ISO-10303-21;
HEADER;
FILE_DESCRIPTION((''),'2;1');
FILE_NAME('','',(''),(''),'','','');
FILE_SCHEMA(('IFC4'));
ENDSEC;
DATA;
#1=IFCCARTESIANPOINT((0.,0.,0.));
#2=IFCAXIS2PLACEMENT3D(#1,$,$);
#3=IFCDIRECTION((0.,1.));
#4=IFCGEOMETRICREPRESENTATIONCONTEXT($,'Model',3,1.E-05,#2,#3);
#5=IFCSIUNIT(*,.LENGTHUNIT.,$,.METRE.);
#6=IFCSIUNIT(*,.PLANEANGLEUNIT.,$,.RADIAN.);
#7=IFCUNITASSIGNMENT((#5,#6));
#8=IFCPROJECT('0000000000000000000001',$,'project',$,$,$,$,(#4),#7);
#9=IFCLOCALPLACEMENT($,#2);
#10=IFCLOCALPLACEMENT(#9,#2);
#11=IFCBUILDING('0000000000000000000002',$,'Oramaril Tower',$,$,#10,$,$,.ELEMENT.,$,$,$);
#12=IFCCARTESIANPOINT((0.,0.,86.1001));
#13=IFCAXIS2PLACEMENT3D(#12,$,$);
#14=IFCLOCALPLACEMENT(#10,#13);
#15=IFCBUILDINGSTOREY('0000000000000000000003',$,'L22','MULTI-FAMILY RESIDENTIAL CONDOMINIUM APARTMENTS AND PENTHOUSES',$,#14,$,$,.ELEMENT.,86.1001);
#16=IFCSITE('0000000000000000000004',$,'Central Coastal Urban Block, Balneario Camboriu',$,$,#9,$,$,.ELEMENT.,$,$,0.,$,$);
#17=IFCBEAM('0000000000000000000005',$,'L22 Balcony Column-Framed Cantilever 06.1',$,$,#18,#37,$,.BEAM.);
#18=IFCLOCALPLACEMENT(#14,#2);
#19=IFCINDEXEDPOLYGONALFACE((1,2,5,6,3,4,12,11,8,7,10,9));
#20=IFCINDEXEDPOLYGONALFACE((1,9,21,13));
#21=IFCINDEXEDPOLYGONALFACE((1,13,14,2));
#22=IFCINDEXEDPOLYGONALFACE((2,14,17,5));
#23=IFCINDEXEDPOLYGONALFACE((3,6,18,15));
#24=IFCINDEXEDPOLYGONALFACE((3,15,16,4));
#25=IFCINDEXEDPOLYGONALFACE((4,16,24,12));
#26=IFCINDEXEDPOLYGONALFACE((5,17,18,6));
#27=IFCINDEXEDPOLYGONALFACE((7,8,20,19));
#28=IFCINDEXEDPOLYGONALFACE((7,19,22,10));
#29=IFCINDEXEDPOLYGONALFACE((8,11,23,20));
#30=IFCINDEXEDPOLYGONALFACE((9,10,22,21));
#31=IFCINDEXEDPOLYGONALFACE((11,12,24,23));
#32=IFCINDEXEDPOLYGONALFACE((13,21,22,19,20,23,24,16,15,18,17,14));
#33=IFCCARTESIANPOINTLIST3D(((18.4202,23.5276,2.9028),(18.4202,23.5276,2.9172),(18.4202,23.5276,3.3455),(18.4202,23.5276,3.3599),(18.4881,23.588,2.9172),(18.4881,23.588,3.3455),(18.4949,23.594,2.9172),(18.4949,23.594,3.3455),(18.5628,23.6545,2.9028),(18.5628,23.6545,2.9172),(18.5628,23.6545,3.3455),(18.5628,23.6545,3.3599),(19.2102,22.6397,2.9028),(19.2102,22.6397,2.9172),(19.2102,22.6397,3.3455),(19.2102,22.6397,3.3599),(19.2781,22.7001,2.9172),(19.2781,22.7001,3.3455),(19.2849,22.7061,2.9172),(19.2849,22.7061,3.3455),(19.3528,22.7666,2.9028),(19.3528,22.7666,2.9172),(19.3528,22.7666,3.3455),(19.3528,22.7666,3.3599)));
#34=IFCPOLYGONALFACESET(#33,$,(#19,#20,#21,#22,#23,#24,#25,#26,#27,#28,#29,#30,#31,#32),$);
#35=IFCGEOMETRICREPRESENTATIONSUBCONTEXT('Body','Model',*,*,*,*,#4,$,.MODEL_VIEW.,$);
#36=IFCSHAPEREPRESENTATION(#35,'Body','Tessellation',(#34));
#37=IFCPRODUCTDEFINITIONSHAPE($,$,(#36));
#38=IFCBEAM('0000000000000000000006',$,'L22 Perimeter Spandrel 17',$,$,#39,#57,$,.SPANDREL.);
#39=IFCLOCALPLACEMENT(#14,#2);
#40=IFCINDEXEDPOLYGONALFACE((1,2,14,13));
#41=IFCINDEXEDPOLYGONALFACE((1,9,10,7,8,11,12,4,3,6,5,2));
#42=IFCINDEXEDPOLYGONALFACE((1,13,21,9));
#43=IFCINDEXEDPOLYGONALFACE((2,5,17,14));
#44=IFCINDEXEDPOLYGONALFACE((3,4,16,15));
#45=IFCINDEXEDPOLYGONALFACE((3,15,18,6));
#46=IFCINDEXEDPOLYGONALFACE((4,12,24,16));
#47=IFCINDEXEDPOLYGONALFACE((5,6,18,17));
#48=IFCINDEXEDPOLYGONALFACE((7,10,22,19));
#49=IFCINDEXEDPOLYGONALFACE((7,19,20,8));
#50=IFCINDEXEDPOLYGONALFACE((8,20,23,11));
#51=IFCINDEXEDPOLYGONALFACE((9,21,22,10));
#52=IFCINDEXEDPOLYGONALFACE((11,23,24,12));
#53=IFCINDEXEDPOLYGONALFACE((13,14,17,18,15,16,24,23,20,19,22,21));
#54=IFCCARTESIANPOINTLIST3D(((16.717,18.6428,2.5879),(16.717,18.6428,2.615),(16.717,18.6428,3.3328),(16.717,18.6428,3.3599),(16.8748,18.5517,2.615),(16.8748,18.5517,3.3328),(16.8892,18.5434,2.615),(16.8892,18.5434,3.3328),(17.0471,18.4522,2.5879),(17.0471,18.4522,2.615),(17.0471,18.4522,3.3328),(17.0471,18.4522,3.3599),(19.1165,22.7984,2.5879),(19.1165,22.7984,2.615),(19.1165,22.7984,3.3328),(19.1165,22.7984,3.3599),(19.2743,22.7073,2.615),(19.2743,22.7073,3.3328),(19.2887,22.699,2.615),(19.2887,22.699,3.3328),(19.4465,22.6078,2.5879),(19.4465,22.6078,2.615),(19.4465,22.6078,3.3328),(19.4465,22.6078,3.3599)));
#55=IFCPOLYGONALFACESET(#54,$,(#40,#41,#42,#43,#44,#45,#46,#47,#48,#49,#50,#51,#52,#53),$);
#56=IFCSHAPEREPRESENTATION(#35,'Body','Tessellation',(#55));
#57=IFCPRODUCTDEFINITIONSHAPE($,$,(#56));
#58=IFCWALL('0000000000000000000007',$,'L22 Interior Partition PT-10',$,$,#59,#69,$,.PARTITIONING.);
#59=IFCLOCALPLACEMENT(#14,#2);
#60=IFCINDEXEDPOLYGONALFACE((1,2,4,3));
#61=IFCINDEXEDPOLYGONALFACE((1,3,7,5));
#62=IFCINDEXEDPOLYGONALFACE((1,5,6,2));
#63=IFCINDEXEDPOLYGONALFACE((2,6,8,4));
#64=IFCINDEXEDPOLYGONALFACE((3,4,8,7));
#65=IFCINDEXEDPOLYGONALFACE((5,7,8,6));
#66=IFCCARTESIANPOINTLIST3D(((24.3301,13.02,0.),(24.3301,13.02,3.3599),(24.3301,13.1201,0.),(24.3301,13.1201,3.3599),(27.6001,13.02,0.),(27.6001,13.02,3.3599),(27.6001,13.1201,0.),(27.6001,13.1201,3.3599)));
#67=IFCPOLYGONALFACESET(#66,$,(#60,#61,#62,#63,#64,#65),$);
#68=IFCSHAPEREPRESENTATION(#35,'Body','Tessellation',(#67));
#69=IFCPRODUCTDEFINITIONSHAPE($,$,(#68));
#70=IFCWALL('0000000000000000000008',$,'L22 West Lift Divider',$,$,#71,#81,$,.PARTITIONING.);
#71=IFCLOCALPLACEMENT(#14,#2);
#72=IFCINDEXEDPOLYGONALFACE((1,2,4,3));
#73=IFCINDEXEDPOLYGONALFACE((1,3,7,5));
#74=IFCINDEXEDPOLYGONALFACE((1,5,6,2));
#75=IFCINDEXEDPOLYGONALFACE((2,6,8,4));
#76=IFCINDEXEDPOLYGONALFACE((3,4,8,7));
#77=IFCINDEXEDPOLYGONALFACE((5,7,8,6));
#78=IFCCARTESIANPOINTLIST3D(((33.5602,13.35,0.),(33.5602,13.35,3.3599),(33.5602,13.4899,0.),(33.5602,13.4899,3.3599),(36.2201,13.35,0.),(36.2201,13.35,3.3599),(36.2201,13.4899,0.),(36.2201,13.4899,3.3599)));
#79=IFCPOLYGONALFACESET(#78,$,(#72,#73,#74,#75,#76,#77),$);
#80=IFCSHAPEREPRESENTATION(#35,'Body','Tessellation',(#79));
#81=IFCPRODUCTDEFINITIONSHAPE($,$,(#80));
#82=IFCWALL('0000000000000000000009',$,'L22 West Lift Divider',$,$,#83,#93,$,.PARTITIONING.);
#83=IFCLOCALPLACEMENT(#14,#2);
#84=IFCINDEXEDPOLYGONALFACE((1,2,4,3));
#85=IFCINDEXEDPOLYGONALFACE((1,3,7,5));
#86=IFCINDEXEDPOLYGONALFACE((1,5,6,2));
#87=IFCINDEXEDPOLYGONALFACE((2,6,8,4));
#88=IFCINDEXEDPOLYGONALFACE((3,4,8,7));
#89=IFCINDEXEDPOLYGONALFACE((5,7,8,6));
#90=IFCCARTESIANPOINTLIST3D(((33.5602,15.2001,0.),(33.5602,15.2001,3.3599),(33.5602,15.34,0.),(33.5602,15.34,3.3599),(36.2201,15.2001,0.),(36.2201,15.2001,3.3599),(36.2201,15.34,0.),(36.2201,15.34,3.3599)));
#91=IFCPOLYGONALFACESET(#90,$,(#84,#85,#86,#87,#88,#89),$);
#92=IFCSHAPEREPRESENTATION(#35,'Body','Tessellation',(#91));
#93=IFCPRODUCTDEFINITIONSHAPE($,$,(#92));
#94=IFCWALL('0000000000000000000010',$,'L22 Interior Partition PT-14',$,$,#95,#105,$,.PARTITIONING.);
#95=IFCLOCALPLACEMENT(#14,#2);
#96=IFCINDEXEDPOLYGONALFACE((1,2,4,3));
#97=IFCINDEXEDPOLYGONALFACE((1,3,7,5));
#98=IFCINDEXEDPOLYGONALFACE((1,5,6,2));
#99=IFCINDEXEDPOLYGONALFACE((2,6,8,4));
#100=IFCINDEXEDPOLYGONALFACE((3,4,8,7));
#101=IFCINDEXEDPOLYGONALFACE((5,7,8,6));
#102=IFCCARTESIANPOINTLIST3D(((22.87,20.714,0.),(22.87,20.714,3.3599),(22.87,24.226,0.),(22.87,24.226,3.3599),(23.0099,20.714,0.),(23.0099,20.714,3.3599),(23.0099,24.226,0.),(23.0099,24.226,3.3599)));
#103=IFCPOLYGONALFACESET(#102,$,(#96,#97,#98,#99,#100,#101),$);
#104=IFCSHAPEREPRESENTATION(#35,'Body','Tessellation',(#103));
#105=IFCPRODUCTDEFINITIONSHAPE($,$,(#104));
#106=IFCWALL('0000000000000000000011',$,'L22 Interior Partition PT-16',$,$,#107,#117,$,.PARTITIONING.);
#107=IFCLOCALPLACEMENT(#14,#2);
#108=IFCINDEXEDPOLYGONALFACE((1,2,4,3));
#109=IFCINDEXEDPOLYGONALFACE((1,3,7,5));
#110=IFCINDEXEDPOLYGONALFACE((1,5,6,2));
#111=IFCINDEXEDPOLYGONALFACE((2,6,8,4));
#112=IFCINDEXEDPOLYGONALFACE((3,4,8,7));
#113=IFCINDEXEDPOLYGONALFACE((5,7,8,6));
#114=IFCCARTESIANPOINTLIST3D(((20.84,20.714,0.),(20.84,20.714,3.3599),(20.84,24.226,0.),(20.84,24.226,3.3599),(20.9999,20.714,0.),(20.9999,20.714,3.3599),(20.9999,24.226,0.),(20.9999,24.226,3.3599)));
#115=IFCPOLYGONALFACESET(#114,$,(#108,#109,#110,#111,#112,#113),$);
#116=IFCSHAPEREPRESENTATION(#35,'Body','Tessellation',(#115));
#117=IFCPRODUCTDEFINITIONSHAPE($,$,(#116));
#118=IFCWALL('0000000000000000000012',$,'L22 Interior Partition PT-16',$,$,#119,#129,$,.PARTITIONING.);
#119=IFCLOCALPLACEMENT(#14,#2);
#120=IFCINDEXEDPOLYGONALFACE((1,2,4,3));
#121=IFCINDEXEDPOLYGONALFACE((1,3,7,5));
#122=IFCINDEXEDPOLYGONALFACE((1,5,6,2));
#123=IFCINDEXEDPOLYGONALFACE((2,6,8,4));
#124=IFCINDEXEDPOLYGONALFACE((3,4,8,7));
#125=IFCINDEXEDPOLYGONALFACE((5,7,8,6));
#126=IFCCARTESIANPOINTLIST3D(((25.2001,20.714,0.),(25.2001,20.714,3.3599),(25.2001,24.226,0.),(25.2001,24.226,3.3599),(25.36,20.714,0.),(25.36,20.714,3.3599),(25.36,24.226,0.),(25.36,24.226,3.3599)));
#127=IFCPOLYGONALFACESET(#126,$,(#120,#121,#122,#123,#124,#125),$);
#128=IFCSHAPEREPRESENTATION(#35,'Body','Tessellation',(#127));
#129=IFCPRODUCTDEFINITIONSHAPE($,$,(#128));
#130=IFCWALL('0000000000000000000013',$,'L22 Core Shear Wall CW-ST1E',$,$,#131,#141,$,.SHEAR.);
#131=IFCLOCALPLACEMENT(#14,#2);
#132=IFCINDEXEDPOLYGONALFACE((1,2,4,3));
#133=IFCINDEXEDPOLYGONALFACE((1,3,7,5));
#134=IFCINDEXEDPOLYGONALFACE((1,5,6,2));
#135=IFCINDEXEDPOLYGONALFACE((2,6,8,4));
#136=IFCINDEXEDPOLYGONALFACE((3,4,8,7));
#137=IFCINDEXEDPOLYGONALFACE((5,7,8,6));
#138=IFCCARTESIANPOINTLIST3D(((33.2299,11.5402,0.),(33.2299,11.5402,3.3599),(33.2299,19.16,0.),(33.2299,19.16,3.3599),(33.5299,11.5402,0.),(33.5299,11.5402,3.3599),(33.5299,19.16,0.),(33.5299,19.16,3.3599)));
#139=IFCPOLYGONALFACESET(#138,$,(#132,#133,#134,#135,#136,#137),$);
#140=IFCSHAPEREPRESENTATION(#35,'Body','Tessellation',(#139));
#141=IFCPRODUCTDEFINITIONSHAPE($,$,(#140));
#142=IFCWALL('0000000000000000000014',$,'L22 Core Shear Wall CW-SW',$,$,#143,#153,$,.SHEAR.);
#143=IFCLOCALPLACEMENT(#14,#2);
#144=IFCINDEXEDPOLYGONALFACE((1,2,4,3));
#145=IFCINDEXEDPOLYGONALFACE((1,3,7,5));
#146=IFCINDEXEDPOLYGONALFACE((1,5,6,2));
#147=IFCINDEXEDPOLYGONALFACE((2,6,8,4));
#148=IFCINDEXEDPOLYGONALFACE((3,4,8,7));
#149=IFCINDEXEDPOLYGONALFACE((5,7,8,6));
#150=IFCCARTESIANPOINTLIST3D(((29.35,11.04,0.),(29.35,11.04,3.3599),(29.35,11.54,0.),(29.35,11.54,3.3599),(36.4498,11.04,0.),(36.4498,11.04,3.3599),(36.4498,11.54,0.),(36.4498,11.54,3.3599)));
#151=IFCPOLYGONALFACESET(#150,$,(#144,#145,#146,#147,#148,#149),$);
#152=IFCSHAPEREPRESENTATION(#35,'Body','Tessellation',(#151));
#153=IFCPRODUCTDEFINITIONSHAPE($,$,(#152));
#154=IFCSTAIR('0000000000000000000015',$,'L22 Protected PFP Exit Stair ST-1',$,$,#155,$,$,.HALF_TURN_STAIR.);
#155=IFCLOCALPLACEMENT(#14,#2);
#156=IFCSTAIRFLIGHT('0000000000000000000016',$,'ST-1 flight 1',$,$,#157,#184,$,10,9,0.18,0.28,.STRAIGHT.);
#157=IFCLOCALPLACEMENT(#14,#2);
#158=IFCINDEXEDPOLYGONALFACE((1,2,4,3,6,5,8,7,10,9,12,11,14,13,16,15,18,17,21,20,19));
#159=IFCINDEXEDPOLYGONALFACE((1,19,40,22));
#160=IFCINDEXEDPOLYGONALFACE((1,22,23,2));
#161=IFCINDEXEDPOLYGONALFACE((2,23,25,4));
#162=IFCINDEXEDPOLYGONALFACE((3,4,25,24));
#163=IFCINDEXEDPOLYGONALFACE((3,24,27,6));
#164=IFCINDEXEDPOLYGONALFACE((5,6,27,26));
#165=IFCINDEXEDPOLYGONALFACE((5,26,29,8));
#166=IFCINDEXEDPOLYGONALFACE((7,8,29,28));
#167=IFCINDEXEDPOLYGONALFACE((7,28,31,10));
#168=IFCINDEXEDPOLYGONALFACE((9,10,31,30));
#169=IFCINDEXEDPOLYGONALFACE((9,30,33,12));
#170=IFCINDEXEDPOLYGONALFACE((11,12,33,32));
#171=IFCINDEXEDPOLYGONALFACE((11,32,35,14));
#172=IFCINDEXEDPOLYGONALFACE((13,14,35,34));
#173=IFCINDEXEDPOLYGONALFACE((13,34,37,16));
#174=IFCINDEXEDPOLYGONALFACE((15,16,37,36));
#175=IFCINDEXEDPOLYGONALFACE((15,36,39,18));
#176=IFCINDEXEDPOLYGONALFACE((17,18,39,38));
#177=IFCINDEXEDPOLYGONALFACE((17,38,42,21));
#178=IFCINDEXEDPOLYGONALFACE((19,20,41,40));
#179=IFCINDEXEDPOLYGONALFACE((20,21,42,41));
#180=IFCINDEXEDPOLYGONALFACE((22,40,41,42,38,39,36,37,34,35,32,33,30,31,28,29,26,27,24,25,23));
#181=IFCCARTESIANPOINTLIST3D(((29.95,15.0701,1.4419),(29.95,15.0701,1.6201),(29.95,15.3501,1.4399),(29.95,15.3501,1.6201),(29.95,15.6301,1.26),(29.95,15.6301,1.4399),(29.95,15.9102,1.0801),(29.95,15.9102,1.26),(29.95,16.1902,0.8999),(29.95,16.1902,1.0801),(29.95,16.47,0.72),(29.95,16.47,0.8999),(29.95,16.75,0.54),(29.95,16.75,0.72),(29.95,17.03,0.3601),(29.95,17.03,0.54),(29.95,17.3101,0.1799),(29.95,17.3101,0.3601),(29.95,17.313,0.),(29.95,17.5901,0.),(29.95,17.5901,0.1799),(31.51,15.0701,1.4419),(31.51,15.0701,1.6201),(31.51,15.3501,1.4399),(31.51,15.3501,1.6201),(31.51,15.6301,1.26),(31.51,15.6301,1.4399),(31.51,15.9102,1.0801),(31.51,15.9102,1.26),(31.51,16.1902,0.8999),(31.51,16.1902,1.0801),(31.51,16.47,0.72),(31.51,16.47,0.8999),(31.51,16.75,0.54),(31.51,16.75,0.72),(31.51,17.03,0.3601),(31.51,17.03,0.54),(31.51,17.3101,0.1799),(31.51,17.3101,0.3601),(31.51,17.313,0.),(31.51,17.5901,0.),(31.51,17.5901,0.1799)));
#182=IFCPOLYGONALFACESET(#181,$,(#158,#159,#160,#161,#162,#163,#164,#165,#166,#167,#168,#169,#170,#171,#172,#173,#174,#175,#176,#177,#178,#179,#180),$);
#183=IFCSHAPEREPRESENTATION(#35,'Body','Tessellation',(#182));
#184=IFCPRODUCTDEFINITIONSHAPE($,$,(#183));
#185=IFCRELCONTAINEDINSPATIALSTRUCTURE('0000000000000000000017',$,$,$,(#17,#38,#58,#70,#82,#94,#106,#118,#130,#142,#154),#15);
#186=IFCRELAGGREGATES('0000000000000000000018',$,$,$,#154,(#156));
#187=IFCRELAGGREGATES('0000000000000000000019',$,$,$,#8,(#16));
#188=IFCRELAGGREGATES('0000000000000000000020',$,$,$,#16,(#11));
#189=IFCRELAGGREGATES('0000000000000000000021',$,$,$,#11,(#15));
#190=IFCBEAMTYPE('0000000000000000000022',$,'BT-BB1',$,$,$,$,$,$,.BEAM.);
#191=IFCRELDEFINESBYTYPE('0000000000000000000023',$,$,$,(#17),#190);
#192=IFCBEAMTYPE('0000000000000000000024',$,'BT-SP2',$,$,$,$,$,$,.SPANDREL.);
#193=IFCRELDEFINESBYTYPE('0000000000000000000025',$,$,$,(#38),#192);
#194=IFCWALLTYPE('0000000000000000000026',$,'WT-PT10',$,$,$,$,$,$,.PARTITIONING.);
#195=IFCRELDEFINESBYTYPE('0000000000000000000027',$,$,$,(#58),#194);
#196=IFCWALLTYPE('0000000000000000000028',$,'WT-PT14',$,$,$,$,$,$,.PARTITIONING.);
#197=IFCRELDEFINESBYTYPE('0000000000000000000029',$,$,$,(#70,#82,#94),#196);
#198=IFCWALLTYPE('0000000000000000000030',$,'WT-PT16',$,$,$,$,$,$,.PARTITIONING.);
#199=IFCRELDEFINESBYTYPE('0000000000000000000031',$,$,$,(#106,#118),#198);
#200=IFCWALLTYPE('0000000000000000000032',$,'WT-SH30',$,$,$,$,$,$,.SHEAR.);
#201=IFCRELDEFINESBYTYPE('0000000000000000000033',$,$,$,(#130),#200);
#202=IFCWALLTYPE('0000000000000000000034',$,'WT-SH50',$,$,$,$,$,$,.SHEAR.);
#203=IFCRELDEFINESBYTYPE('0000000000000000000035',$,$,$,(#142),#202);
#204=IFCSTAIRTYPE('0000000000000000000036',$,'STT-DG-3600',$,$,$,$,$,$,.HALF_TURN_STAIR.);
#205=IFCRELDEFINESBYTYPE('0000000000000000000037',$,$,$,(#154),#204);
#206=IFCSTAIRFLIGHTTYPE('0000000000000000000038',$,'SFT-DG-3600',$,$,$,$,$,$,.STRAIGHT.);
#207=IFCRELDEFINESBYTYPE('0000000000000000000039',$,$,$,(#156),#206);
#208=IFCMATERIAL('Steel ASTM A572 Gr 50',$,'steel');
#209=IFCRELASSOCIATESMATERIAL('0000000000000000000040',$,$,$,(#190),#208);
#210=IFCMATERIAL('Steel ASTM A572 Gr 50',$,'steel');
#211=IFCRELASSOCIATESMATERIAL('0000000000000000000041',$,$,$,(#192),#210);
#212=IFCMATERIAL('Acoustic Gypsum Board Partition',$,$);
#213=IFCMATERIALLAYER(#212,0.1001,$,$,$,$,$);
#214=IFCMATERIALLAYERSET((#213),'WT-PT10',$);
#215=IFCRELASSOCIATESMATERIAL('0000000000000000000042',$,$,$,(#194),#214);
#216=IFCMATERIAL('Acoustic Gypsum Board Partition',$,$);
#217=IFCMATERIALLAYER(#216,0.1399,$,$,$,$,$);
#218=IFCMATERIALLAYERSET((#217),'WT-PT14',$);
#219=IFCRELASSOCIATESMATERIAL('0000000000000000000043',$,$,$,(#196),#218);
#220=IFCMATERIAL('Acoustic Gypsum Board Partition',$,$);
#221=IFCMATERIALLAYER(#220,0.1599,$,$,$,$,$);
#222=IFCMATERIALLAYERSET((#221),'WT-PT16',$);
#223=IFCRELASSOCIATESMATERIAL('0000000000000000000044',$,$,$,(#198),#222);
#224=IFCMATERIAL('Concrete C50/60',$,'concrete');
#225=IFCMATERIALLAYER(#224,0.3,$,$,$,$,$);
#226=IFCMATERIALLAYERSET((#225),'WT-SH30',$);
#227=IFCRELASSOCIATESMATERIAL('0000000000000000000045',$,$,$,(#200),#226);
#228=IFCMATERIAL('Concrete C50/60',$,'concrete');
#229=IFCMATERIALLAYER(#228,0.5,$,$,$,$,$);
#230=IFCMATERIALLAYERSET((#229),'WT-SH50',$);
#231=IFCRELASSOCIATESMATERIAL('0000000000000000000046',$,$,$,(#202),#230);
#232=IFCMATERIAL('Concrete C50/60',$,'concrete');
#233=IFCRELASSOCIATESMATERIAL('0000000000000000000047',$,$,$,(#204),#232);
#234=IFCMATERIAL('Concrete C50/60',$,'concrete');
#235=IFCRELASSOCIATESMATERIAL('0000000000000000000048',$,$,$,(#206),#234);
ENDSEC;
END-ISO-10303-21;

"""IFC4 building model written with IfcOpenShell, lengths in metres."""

from ifc_helpers import new_model, si_unit, direction, frame, frame_2d, origin, origin_2d, place, context, subcontext, project, spatial, polyline, rectangle, i_section, outline, extrude, material, layer, layer_set, material_profile, profile_set, type_object, element, aggregate, save


model = new_model("IFC4")

# Units and contexts
model_context = context("Model", 3, precision=1e-05, world=origin(), true_north=direction((0.0, 1.0)))
body_context = subcontext(model_context, "Body", "Model", "MODEL_VIEW")
ifc_project = project(units=[si_unit("LENGTHUNIT", "METRE"), si_unit("PLANEANGLEUNIT", "RADIAN")], contexts=[model_context])

# Site, building, storey
site_placement = place(None, origin())
site = spatial("IfcSite", under=ifc_project, at=site_placement, Name="Central Coastal Urban Block, Balneario Camboriu", CompositionType="ELEMENT", RefElevation=0.0)
building_placement = place(site_placement, origin())
building = spatial("IfcBuilding", under=site, at=building_placement, Name="Oramaril Tower", CompositionType="ELEMENT")
storey_placement = place(building_placement, frame((0.0, 0.0, 86.1001)))
storey = spatial("IfcBuildingStorey", under=building, at=storey_placement, Name="L22", Description="MULTI-FAMILY RESIDENTIAL CONDOMINIUM APARTMENTS AND PENTHOUSES", CompositionType="ELEMENT", Elevation=86.1001)

# Beams
ifc_material_1 = material(Name="Steel ASTM A572 Gr 50", Category="steel")
ifc_material_profile_1 = material_profile(ifc_material_1, i_section(OverallWidth=0.1909, OverallDepth=0.457, WebThickness=0.009, FlangeThickness=0.0144, at=origin_2d()), Name="W18X50")
ifc_profile_set_1 = profile_set([ifc_material_profile_1], Name="Steel ASTM A572 Gr 50")
beam_type_1 = type_object("IfcBeamType", Name="BT-BB1", PredefinedType="BEAM", material=ifc_profile_set_1)
beam_1_placement = place(storey_placement, frame((19.2815, 22.7031, 3.1313), z_axis=(-0.664721, 0.747092, 0.0), x_axis=(-0.747092, -0.664721, 0.0)))
element("IfcBeam", 1, at=beam_1_placement, inside=storey, type_object=beam_type_1, Name="L22 Balcony Column-Framed Cantilever 06.1", PredefinedType="BEAM", context=body_context, shape_type="SweptSolid", body=[
    extrude(i_section(OverallWidth=0.1909, OverallDepth=0.457, WebThickness=0.009, FlangeThickness=0.0144, at=origin_2d()), origin(), (0.0, 0.0, 1.0), 1.1885),
])
ifc_material_2 = material(Name="Steel ASTM A572 Gr 50", Category="steel")
ifc_material_profile_2 = material_profile(ifc_material_2, i_section(OverallWidth=0.3811, OverallDepth=0.772, WebThickness=0.0166, FlangeThickness=0.0271, at=origin_2d()), Name="W30X173")
ifc_profile_set_2 = profile_set([ifc_material_profile_2], Name="Steel ASTM A572 Gr 50")
beam_type_2 = type_object("IfcBeamType", Name="BT-SP2", PredefinedType="SPANDREL", material=ifc_profile_set_2)
beam_2_placement = place(storey_placement, frame((19.2815, 22.7031, 2.9739), z_axis=(-0.500035, -0.866005, 0.0), x_axis=(0.866005, -0.500035, 0.0)))
element("IfcBeam", 2, at=beam_2_placement, inside=storey, type_object=beam_type_2, Name="L22 Perimeter Spandrel 17", PredefinedType="SPANDREL", context=body_context, shape_type="SweptSolid", body=[
    extrude(i_section(OverallWidth=0.3811, OverallDepth=0.772, WebThickness=0.0166, FlangeThickness=0.0271, at=origin_2d()), origin(), (0.0, 0.0, 1.0), 4.7986),
])

# Walls
ifc_material_3 = material(Name="Acoustic Gypsum Board Partition")
ifc_layer_1 = layer(ifc_material_3, 0.1001)
ifc_layer_set_1 = layer_set([ifc_layer_1], Name="WT-PT10")
wall_type_1 = type_object("IfcWallType", Name="WT-PT10", PredefinedType="PARTITIONING", material=ifc_layer_set_1)
wall_1_placement = place(storey_placement, frame((24.3301, 13.0701, 0.0), z_axis=(0.0, 0.0, 1.0), x_axis=(1.0, 0.0, 0.0)))
element("IfcWall", 3, at=wall_1_placement, inside=storey, type_object=wall_type_1, Name="L22 Interior Partition PT-10", PredefinedType="PARTITIONING", context=body_context, shape_type="SweptSolid", body=[
    extrude(rectangle(XDim=3.27, YDim=0.1001, at=frame_2d((1.635, 0.0))), origin(), (0.0, 0.0, 1.0), 3.3599),
])
ifc_material_4 = material(Name="Acoustic Gypsum Board Partition")
ifc_layer_2 = layer(ifc_material_4, 0.1399)
ifc_layer_set_2 = layer_set([ifc_layer_2], Name="WT-PT14")
wall_type_2 = type_object("IfcWallType", Name="WT-PT14", PredefinedType="PARTITIONING", material=ifc_layer_set_2)
for number, where, z_axis, x_axis, name in (
    (4, (33.5601, 13.4199, 0.0), (0.0, 0.0, 1.0), (1.0, 0.0, 0.0), "L22 West Lift Divider"),
    (5, (33.5601, 15.27, 0.0), (0.0, 0.0, 1.0), (1.0, 0.0, 0.0), "L22 West Lift Divider"),
):
    element("IfcWall", number, at=place(storey_placement, frame(where, z_axis=z_axis, x_axis=x_axis)), inside=storey, type_object=wall_type_2, Name=name, PredefinedType="PARTITIONING", context=body_context, shape_type="SweptSolid", body=[
        extrude(rectangle(XDim=2.6599, YDim=0.1399, at=frame_2d((1.3301, 0.0))), origin(), (0.0, 0.0, 1.0), 3.3599),
    ])
wall_2_placement = place(storey_placement, frame((22.9399, 20.7141, 0.0), z_axis=(0.0, 0.0, 1.0), x_axis=(0.0, 1.0, 0.0)))
element("IfcWall", 6, at=wall_2_placement, inside=storey, type_object=wall_type_2, Name="L22 Interior Partition PT-14", PredefinedType="PARTITIONING", context=body_context, shape_type="SweptSolid", body=[
    extrude(rectangle(XDim=3.512, YDim=0.1399, at=frame_2d((1.7559, 0.0))), origin(), (0.0, 0.0, 1.0), 3.3599),
])
ifc_material_5 = material(Name="Acoustic Gypsum Board Partition")
ifc_layer_3 = layer(ifc_material_5, 0.1599)
ifc_layer_set_3 = layer_set([ifc_layer_3], Name="WT-PT16")
wall_type_3 = type_object("IfcWallType", Name="WT-PT16", PredefinedType="PARTITIONING", material=ifc_layer_set_3)
for number, where, z_axis, x_axis, name in (
    (7, (20.9199, 20.7141, 0.0), (0.0, 0.0, 1.0), (0.0, 1.0, 0.0), "L22 Interior Partition PT-16"),
    (8, (25.28, 20.7141, 0.0), (0.0, 0.0, 1.0), (0.0, 1.0, 0.0), "L22 Interior Partition PT-16"),
):
    element("IfcWall", number, at=place(storey_placement, frame(where, z_axis=z_axis, x_axis=x_axis)), inside=storey, type_object=wall_type_3, Name=name, PredefinedType="PARTITIONING", context=body_context, shape_type="SweptSolid", body=[
        extrude(rectangle(XDim=3.512, YDim=0.1599, at=frame_2d((1.7559, 0.0))), origin(), (0.0, 0.0, 1.0), 3.3599),
    ])

# Shared definitions
ifc_material_6 = material(Name="Concrete C50/60", Category="concrete")
ifc_layer_4 = layer(ifc_material_6, 0.3)
ifc_layer_set_4 = layer_set([ifc_layer_4], Name="WT-SH30")
wall_type_4 = type_object("IfcWallType", Name="WT-SH30", PredefinedType="SHEAR", material=ifc_layer_set_4)

# Walls
wall_3_placement = place(storey_placement, frame((33.3799, 11.54, 0.0), z_axis=(0.0, 0.0, 1.0), x_axis=(0.0, 1.0, 0.0)))
element("IfcWall", 9, at=wall_3_placement, inside=storey, type_object=wall_type_4, Name="L22 Core Shear Wall CW-ST1E", PredefinedType="SHEAR", context=body_context, shape_type="SweptSolid", body=[
    extrude(rectangle(XDim=7.6199, YDim=0.3, at=frame_2d((3.8101, 0.0))), origin(), (0.0, 0.0, 1.0), 3.3599),
])
ifc_material_7 = material(Name="Concrete C50/60", Category="concrete")
ifc_layer_5 = layer(ifc_material_7, 0.5)
ifc_layer_set_5 = layer_set([ifc_layer_5], Name="WT-SH50")
wall_type_5 = type_object("IfcWallType", Name="WT-SH50", PredefinedType="SHEAR", material=ifc_layer_set_5)
wall_4_placement = place(storey_placement, frame((29.3501, 11.29, 0.0), z_axis=(0.0, 0.0, 1.0), x_axis=(1.0, 0.0, 0.0)))
element("IfcWall", 10, at=wall_4_placement, inside=storey, type_object=wall_type_5, Name="L22 Core Shear Wall CW-SW", PredefinedType="SHEAR", context=body_context, shape_type="SweptSolid", body=[
    extrude(rectangle(XDim=7.0999, YDim=0.5, at=frame_2d((3.5498, 0.0))), origin(), (0.0, 0.0, 1.0), 3.3599),
])

# Stair, stair flight
ifc_material_8 = material(Name="Concrete C50/60", Category="concrete")
stair_type = type_object("IfcStairType", Name="STT-DG-3600", PredefinedType="HALF_TURN_STAIR", material=ifc_material_8)
stair_placement = place(storey_placement, origin())
stair = element("IfcStair", 11, at=stair_placement, inside=storey, type_object=stair_type, Name="L22 Protected PFP Exit Stair ST-1", PredefinedType="HALF_TURN_STAIR")
ifc_material_9 = material(Name="Concrete C50/60", Category="concrete")
stair_flight_type = type_object("IfcStairFlightType", Name="SFT-DG-3600", PredefinedType="STRAIGHT", material=ifc_material_9)
stair_flight_1_placement = place(storey_placement, frame((30.73, 17.5901, 0.0), z_axis=(0.0, 0.0, 1.0), x_axis=(0.0, -1.0, 0.0)))
stair_flight_1 = element("IfcStairFlight", 12, at=stair_flight_1_placement, type_object=stair_flight_type, Name="ST-1 flight 1", NumberOfRisers=10, NumberOfTreads=9, PredefinedType="STRAIGHT", RiserHeight=0.18, TreadLength=0.28, context=body_context, shape_type="SweptSolid", body=[
    extrude(outline(polyline([(0.0, 0.0), (0.0, 0.1799), (0.28, 0.1799), (0.28, 0.3601), (0.5601, 0.3601), (0.5601, 0.54), (0.8401, 0.54), (0.8401, 0.72), (1.1201, 0.72), (1.1201, 0.8999), (1.3999, 0.8999), (1.3999, 1.0801), (1.6799, 1.0801), (1.6799, 1.26), (1.96, 1.26), (1.96, 1.4399), (2.24, 1.4399), (2.24, 1.6201), (2.52, 1.6201), (2.52, 1.8), (2.52, 1.4419), (0.2771, 0.0), (0.0, 0.0)])), frame((0.0, 0.78, 0.0), z_axis=(0.0, -1.0, 0.0), x_axis=(1.0, 0.0, 0.0)), (0.0, 0.0, 1.0), 1.5601),
])
aggregate(stair, [stair_flight_1])

save(model, "model.ifc")
